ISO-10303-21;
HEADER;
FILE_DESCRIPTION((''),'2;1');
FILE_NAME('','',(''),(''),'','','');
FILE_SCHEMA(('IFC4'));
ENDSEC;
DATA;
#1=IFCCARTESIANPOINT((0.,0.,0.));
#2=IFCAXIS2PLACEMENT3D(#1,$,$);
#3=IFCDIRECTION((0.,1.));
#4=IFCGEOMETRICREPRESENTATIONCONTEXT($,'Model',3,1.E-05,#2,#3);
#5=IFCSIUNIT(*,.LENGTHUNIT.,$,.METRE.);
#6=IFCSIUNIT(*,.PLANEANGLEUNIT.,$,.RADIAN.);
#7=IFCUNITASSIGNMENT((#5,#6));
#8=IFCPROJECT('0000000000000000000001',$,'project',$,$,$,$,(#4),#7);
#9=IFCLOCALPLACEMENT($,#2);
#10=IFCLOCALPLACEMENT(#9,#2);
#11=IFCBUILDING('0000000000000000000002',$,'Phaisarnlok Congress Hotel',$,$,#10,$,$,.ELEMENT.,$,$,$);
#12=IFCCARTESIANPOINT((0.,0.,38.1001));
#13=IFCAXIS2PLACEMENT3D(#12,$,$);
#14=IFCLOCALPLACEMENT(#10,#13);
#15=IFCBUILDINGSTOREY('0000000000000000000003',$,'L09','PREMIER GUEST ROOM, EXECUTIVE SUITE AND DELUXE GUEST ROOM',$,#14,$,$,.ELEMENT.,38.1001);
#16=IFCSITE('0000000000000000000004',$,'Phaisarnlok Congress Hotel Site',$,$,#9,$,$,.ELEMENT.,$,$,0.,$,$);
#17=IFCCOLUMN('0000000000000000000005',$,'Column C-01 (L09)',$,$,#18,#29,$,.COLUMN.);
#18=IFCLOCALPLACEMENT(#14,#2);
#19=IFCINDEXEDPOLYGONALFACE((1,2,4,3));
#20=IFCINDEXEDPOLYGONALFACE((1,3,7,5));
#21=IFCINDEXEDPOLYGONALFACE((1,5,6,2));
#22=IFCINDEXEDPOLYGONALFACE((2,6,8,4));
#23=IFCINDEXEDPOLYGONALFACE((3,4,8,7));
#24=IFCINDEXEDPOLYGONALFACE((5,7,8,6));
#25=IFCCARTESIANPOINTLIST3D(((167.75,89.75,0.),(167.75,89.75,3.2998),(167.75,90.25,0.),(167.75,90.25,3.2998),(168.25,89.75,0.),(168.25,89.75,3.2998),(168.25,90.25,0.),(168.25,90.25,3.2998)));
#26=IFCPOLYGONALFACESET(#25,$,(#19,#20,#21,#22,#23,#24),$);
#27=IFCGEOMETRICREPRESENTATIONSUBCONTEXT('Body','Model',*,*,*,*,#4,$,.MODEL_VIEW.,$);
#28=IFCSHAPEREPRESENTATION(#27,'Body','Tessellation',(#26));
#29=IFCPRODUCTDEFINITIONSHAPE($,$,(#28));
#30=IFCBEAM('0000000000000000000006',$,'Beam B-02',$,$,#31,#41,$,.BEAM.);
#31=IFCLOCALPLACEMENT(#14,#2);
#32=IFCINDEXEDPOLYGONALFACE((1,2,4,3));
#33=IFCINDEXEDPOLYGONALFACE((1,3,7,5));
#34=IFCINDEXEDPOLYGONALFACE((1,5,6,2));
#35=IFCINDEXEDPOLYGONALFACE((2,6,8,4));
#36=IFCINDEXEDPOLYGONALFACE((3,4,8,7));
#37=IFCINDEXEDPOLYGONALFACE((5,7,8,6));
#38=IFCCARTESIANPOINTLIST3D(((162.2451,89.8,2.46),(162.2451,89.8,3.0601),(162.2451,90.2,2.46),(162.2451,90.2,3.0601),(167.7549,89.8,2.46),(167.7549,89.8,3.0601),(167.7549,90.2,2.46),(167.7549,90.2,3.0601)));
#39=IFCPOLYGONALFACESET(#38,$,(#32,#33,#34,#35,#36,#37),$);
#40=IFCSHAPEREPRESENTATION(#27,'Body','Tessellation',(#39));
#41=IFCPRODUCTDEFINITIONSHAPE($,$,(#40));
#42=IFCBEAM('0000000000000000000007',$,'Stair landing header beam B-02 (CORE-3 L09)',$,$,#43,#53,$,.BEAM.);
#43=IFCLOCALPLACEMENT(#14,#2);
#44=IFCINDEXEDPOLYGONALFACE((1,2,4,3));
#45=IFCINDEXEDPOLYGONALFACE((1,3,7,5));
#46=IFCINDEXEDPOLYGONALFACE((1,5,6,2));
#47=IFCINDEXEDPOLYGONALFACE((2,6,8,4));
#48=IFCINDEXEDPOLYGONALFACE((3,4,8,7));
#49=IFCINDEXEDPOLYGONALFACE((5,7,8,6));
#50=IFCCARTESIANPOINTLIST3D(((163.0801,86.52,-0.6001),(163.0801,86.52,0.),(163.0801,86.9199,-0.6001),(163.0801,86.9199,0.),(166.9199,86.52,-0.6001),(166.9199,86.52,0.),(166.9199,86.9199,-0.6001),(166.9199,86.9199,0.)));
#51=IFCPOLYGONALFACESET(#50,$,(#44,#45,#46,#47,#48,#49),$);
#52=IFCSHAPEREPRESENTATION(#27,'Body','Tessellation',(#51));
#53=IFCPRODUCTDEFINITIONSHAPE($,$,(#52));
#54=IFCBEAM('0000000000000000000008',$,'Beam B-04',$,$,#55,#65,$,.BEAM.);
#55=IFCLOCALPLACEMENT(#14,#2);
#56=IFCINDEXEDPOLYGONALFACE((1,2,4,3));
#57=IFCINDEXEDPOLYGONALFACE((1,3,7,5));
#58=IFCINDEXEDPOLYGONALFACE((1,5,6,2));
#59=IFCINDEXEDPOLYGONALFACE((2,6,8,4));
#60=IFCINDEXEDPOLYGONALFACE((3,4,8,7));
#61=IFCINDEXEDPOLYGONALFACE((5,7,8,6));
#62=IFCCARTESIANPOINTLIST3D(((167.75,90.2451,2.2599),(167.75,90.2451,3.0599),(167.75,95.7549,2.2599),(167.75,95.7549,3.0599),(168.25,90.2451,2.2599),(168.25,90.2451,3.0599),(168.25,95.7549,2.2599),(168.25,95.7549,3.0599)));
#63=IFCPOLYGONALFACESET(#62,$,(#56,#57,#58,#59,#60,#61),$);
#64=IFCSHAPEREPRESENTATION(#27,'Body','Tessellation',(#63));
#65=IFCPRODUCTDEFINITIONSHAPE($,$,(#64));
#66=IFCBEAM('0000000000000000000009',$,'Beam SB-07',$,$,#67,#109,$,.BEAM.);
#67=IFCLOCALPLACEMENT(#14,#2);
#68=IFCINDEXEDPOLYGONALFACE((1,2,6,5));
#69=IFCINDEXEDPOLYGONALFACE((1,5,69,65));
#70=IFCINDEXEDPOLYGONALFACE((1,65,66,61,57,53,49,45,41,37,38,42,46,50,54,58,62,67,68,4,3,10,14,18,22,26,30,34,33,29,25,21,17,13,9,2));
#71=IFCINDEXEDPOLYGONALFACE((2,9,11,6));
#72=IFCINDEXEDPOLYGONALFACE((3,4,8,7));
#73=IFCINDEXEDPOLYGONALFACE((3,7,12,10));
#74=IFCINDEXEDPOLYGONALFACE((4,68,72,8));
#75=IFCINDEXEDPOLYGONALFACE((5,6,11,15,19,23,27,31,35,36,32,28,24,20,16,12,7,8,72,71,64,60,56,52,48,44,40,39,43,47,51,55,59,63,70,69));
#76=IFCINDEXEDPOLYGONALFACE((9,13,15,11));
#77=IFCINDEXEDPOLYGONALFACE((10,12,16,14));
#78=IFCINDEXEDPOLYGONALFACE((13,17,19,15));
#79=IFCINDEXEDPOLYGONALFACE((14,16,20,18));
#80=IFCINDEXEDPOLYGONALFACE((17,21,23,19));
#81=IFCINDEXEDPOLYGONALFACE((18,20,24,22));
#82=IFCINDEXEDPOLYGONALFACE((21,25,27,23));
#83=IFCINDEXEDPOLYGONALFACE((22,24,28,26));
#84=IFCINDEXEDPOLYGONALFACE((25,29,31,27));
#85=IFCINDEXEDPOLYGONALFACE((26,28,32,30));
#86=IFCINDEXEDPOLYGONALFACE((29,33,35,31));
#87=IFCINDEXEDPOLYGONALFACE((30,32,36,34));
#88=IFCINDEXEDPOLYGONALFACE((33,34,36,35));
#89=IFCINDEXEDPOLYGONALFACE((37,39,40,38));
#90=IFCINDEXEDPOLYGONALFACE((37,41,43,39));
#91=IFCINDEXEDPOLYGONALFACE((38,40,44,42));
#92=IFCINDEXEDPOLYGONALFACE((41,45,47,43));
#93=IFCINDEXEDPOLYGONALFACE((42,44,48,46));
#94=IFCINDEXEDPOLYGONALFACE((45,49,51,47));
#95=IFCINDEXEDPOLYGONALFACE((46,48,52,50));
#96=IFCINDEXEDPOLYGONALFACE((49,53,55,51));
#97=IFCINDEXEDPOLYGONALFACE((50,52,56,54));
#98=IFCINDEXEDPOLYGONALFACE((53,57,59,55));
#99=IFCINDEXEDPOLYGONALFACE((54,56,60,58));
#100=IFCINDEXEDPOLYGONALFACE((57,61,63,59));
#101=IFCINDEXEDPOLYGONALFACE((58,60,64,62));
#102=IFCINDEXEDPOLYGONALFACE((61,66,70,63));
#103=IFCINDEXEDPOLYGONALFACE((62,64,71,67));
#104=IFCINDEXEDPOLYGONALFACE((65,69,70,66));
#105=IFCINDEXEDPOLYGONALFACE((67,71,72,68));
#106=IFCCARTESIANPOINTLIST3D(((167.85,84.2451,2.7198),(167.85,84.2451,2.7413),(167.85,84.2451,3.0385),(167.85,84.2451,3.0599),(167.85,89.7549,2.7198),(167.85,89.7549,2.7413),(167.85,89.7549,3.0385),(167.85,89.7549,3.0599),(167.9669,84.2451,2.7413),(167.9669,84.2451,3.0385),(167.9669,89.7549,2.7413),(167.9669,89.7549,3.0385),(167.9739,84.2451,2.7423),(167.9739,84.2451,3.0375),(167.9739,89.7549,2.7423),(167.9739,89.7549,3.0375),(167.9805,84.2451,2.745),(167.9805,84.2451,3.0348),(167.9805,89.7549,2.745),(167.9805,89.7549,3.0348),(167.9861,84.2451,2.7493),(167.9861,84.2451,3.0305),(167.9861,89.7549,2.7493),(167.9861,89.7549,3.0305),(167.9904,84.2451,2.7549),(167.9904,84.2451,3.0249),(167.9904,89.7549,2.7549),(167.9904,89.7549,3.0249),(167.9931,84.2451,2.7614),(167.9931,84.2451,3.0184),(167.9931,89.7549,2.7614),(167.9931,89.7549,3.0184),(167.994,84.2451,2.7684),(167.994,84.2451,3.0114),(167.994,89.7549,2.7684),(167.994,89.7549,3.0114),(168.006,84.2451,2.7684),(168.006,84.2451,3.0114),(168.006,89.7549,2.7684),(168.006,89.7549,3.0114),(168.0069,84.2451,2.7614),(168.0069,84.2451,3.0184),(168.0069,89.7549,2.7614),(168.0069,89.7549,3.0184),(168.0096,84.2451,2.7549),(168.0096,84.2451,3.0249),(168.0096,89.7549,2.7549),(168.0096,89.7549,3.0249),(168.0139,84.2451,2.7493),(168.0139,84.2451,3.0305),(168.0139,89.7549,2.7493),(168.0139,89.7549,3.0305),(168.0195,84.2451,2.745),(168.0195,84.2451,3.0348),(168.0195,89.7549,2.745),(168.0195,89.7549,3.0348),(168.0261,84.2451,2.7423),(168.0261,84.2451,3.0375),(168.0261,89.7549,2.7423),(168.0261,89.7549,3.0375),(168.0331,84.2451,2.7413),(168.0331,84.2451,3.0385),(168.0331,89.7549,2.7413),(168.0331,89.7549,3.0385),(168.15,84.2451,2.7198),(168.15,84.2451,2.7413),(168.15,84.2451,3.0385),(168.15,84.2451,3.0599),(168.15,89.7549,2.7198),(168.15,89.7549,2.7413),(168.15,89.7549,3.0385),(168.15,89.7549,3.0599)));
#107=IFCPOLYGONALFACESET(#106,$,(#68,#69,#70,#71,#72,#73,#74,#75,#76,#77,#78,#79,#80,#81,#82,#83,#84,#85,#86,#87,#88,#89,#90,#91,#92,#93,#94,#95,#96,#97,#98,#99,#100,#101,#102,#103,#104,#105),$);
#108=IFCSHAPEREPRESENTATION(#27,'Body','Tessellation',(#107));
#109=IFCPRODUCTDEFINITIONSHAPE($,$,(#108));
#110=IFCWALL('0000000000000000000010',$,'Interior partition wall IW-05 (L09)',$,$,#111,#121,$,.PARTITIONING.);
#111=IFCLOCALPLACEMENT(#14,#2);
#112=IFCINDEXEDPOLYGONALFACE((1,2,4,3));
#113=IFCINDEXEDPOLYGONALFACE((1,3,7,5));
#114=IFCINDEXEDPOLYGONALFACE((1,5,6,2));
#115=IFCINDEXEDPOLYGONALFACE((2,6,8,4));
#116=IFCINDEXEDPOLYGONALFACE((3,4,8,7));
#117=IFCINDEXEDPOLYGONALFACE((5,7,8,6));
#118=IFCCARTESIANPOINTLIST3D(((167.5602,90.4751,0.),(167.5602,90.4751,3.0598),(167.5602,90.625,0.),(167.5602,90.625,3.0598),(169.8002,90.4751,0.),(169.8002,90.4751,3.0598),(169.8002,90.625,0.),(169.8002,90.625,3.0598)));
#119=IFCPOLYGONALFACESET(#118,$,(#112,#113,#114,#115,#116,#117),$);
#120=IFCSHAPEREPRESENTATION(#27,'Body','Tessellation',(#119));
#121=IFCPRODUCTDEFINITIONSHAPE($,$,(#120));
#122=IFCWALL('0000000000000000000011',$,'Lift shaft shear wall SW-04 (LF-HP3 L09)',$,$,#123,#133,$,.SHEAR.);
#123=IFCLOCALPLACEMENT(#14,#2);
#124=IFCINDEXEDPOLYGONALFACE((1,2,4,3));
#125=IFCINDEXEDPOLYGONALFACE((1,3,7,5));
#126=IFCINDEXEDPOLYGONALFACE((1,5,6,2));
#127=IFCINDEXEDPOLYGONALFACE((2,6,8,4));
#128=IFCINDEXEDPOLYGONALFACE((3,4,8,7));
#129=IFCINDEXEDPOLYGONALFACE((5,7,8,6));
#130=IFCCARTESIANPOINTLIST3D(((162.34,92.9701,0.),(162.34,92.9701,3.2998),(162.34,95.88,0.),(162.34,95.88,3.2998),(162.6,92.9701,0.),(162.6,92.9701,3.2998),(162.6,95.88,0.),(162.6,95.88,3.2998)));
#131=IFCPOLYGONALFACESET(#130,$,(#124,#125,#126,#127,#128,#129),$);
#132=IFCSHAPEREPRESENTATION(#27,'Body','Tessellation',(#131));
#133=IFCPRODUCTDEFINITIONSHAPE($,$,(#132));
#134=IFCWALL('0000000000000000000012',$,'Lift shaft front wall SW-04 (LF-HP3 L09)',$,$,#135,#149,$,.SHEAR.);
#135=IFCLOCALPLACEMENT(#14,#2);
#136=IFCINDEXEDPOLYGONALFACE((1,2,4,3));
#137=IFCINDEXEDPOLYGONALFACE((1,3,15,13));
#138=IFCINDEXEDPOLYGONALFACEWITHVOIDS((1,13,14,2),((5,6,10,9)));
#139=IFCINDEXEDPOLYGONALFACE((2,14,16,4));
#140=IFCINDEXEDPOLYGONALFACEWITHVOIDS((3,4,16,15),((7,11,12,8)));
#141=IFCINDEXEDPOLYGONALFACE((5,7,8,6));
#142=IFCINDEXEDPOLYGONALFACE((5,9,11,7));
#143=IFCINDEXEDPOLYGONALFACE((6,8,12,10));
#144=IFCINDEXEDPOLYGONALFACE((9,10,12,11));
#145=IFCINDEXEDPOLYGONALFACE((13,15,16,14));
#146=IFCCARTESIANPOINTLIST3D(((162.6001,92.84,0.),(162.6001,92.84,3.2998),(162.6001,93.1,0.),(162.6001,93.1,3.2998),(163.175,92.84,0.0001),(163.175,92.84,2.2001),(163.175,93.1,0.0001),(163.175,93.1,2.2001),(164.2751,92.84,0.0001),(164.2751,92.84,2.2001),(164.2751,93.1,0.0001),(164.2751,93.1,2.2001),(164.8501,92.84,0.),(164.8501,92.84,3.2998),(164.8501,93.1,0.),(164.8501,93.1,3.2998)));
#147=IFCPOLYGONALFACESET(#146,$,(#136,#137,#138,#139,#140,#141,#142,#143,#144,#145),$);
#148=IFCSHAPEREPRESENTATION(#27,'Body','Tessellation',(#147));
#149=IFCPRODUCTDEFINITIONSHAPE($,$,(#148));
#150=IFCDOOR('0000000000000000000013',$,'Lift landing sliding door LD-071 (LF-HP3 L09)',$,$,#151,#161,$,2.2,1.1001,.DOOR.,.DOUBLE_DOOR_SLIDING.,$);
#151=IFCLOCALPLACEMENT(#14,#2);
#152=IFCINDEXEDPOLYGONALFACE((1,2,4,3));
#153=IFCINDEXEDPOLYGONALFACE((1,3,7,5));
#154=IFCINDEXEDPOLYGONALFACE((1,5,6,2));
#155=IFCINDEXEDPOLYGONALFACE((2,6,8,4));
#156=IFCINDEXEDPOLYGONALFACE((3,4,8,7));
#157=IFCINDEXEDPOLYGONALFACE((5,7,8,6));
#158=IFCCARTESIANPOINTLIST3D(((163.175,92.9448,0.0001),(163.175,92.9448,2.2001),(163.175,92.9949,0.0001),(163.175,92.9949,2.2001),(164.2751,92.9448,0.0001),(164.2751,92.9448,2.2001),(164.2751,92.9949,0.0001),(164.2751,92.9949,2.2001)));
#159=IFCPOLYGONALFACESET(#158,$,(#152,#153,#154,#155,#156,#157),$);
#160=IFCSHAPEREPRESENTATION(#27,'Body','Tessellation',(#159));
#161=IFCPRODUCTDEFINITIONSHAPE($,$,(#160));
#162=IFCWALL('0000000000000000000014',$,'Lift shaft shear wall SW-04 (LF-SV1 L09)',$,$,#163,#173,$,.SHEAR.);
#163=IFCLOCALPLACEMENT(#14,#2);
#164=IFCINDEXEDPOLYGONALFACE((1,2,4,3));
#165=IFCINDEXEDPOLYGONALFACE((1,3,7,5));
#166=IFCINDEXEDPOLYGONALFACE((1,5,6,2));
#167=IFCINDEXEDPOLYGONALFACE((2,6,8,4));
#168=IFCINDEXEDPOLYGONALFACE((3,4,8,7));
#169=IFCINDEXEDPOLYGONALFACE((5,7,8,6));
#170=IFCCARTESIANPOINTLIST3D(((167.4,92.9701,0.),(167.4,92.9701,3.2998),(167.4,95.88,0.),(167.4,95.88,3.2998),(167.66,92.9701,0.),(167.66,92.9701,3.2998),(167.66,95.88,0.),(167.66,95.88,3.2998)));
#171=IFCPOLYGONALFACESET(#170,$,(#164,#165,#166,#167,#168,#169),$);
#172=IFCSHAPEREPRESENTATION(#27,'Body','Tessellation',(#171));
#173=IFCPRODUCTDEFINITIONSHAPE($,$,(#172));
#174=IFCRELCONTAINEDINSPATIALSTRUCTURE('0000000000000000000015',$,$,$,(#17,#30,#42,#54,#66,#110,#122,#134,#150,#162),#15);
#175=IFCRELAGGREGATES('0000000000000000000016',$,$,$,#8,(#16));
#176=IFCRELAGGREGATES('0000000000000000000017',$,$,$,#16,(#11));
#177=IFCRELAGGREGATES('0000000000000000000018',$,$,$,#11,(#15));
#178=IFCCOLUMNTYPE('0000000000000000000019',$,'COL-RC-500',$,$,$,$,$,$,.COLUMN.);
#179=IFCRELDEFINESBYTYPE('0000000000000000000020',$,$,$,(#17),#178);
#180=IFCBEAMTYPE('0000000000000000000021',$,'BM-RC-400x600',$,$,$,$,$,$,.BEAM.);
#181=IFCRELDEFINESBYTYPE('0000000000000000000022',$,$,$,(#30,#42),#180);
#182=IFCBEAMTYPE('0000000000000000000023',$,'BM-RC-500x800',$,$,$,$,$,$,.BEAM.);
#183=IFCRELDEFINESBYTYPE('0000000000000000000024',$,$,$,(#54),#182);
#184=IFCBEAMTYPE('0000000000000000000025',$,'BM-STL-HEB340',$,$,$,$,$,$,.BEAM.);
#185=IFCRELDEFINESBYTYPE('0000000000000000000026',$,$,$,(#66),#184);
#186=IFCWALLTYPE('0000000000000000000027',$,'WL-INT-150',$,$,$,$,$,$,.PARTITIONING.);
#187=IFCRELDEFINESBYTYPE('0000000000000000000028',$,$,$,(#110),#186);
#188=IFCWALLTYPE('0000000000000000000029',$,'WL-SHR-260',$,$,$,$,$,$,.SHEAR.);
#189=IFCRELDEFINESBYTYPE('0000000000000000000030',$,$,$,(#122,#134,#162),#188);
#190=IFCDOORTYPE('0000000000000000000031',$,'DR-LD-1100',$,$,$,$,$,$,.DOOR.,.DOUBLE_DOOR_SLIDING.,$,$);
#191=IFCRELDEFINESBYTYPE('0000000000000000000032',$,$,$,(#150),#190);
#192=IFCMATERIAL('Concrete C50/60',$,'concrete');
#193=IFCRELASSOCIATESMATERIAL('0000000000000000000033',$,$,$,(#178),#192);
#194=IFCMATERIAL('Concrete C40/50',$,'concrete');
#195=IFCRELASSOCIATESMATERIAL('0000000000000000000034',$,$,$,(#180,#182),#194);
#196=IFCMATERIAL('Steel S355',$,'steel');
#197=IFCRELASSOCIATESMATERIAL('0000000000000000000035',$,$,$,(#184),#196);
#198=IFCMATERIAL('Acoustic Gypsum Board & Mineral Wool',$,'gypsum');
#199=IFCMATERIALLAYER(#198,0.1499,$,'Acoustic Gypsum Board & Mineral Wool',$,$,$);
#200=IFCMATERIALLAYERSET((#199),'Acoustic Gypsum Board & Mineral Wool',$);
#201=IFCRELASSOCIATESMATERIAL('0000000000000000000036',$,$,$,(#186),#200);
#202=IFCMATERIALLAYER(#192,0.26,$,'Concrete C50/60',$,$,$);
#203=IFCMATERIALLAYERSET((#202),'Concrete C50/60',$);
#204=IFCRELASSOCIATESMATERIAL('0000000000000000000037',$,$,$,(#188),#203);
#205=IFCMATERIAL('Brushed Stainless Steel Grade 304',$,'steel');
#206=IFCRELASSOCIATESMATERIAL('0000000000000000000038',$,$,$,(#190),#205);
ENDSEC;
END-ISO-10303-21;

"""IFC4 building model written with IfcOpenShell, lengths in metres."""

from ifc_helpers import new_model, si_unit, direction, frame, frame_2d, origin, origin_2d, place, context, subcontext, project, spatial, rectangle, i_section, extrude, material, layer, layer_set, material_profile, profile_set, type_object, element, fill, save


model = new_model("IFC4")

# Units and contexts
model_context = context("Model", 3, precision=1e-05, world=origin(), true_north=direction((0.0, 1.0)))
body_context = subcontext(model_context, "Body", "Model", "MODEL_VIEW")
ifc_project = project(units=[si_unit("LENGTHUNIT", "METRE"), si_unit("PLANEANGLEUNIT", "RADIAN")], contexts=[model_context])

# Site, building, storey
site_placement = place(None, origin())
site = spatial("IfcSite", under=ifc_project, at=site_placement, Name="Phaisarnlok Congress Hotel Site", CompositionType="ELEMENT", RefElevation=0.0)
building_placement = place(site_placement, origin())
building = spatial("IfcBuilding", under=site, at=building_placement, Name="Phaisarnlok Congress Hotel", CompositionType="ELEMENT")
storey_placement = place(building_placement, frame((0.0, 0.0, 38.1001)))
storey = spatial("IfcBuildingStorey", under=building, at=storey_placement, Name="L09", Description="PREMIER GUEST ROOM, EXECUTIVE SUITE AND DELUXE GUEST ROOM", CompositionType="ELEMENT", Elevation=38.1001)

# Column
ifc_material_1 = material(Name="Concrete C50/60", Category="concrete")
ifc_material_profile_1 = material_profile(ifc_material_1, rectangle(XDim=0.5, YDim=0.5, at=origin_2d()), Name="RC 500x500")
ifc_profile_set_1 = profile_set([ifc_material_profile_1], Name="Concrete C50/60")
column_type = type_object("IfcColumnType", Name="COL-RC-500", PredefinedType="COLUMN", material=ifc_profile_set_1)
column_placement = place(storey_placement, frame((168.0, 90.0, 0.0), z_axis=(0.0, 0.0, 1.0), x_axis=(1.0, 0.0, 0.0)))
element("IfcColumn", 1, at=column_placement, inside=storey, type_object=column_type, Name="Column C-01 (L09)", PredefinedType="COLUMN", context=body_context, shape_type="SweptSolid", body=[
    extrude(rectangle(XDim=0.5, YDim=0.5, at=origin_2d()), origin(), (0.0, 0.0, 1.0), 3.2998),
])

# Beams
ifc_material_2 = material(Name="Concrete C40/50", Category="concrete")
ifc_material_profile_2 = material_profile(ifc_material_2, rectangle(XDim=0.3999, YDim=0.6001, at=origin_2d()), Name="RC 400x600")
ifc_profile_set_2 = profile_set([ifc_material_profile_2], Name="Concrete C40/50")
beam_type_1 = type_object("IfcBeamType", Name="BM-RC-400x600", PredefinedType="BEAM", material=ifc_profile_set_2)
beam_1_placement = place(storey_placement, frame((162.2451, 90.0, 2.76), z_axis=(1.0, 0.0, 0.0), x_axis=(0.0, 1.0, 0.0)))
element("IfcBeam", 2, at=beam_1_placement, inside=storey, type_object=beam_type_1, Name="Beam B-02", PredefinedType="BEAM", context=body_context, shape_type="SweptSolid", body=[
    extrude(rectangle(XDim=0.3999, YDim=0.6001, at=origin_2d()), origin(), (0.0, 0.0, 1.0), 5.5098),
])
beam_2_placement = place(storey_placement, frame((163.0801, 86.72, -0.3), z_axis=(1.0, 0.0, 0.0), x_axis=(0.0, 1.0, 0.0)))
element("IfcBeam", 3, at=beam_2_placement, inside=storey, type_object=beam_type_1, Name="Stair landing header beam B-02 (CORE-3 L09)", PredefinedType="BEAM", context=body_context, shape_type="SweptSolid", body=[
    extrude(rectangle(XDim=0.3999, YDim=0.6001, at=origin_2d()), origin(), (0.0, 0.0, 1.0), 3.8398),
])
ifc_material_profile_3 = material_profile(ifc_material_2, rectangle(XDim=0.5, YDim=0.8, at=origin_2d()), Name="RC 500x800")
ifc_profile_set_3 = profile_set([ifc_material_profile_3], Name="Concrete C40/50")
beam_type_2 = type_object("IfcBeamType", Name="BM-RC-500x800", PredefinedType="BEAM", material=ifc_profile_set_3)
beam_3_placement = place(storey_placement, frame((168.0, 90.2451, 2.6599), z_axis=(0.0, 1.0, 0.0), x_axis=(-1.0, 0.0, 0.0)))
element("IfcBeam", 4, at=beam_3_placement, inside=storey, type_object=beam_type_2, Name="Beam B-04", PredefinedType="BEAM", context=body_context, shape_type="SweptSolid", body=[
    extrude(rectangle(XDim=0.5, YDim=0.8, at=origin_2d()), origin(), (0.0, 0.0, 1.0), 5.5098),
])
ifc_material_3 = material(Name="Steel S355", Category="steel")
ifc_material_profile_4 = material_profile(ifc_material_3, i_section(OverallWidth=0.3, OverallDepth=0.3401, WebThickness=0.012, FlangeThickness=0.0215, FilletRadius=0.0271, at=origin_2d()), Name="HEB 340")
ifc_profile_set_4 = profile_set([ifc_material_profile_4], Name="Steel S355")
beam_type_3 = type_object("IfcBeamType", Name="BM-STL-HEB340", PredefinedType="BEAM", material=ifc_profile_set_4)
beam_4_placement = place(storey_placement, frame((168.0, 84.2451, 2.8899), z_axis=(0.0, 1.0, 0.0), x_axis=(-1.0, 0.0, 0.0)))
element("IfcBeam", 5, at=beam_4_placement, inside=storey, type_object=beam_type_3, Name="Beam SB-07", PredefinedType="BEAM", context=body_context, shape_type="SweptSolid", body=[
    extrude(i_section(OverallWidth=0.3, OverallDepth=0.3401, WebThickness=0.012, FlangeThickness=0.0215, FilletRadius=0.0271, at=origin_2d()), origin(), (0.0, 0.0, 1.0), 5.5098),
])

# Wall
ifc_material_4 = material(Name="Acoustic Gypsum Board & Mineral Wool", Category="gypsum")
ifc_layer_1 = layer(ifc_material_4, 0.1499, Name="Acoustic Gypsum Board & Mineral Wool")
ifc_layer_set_1 = layer_set([ifc_layer_1], Name="Acoustic Gypsum Board & Mineral Wool")
wall_type_1 = type_object("IfcWallType", Name="WL-INT-150", PredefinedType="PARTITIONING", material=ifc_layer_set_1)
wall_1_placement = place(storey_placement, frame((167.5601, 90.55, 0.0), z_axis=(0.0, 0.0, 1.0), x_axis=(1.0, 0.0, 0.0)))
element("IfcWall", 6, at=wall_1_placement, inside=storey, type_object=wall_type_1, Name="Interior partition wall IW-05 (L09)", PredefinedType="PARTITIONING", context=body_context, shape_type="SweptSolid", body=[
    extrude(rectangle(XDim=2.24, YDim=0.1499, at=frame_2d((1.1201, 0.0))), origin(), (0.0, 0.0, 1.0), 3.0598),
])

# Shared definitions
ifc_layer_2 = layer(ifc_material_1, 0.26, Name="Concrete C50/60")
ifc_layer_set_2 = layer_set([ifc_layer_2], Name="Concrete C50/60")
wall_type_2 = type_object("IfcWallType", Name="WL-SHR-260", PredefinedType="SHEAR", material=ifc_layer_set_2)

# Wall
wall_2_placement = place(storey_placement, frame((162.47, 92.97, 0.0), z_axis=(0.0, 0.0, 1.0), x_axis=(0.0, 1.0, 0.0)))
element("IfcWall", 7, at=wall_2_placement, inside=storey, type_object=wall_type_2, Name="Lift shaft shear wall SW-04 (LF-HP3 L09)", PredefinedType="SHEAR", context=body_context, shape_type="SweptSolid", body=[
    extrude(rectangle(XDim=2.9099, YDim=0.26, at=frame_2d((1.4551, 0.0))), origin(), (0.0, 0.0, 1.0), 3.2998),
])

# Wall, opening, door
wall_3_placement = place(storey_placement, frame((162.6001, 92.97, 0.0), z_axis=(0.0, 0.0, 1.0), x_axis=(1.0, 0.0, 0.0)))
wall_3 = element("IfcWall", 8, at=wall_3_placement, inside=storey, type_object=wall_type_2, Name="Lift shaft front wall SW-04 (LF-HP3 L09)", PredefinedType="SHEAR", context=body_context, shape_type="SweptSolid", body=[
    extrude(rectangle(XDim=2.25, YDim=0.26, at=frame_2d((1.125, 0.0))), origin(), (0.0, 0.0, 1.0), 3.2998),
])
opening_1_placement = place(wall_3_placement, frame((0.575, 0.0, 0.0)))
opening_1 = element("IfcOpeningElement", 9, at=opening_1_placement, cuts=wall_3, PredefinedType="OPENING", context=body_context, shape_type="SweptSolid", body=[
    extrude(rectangle(XDim=1.1001, YDim=2.2, at=frame_2d((0.55, 1.1001))), frame((0.0, 0.1401, 0.0), z_axis=(0.0, -1.0, 0.0), x_axis=(1.0, 0.0, 0.0)), (0.0, 0.0, 1.0), 0.28),
])
ifc_material_5 = material(Name="Brushed Stainless Steel Grade 304", Category="steel")
door_type_1 = type_object("IfcDoorType", Name="DR-LD-1100", OperationType="DOUBLE_DOOR_SLIDING", PredefinedType="DOOR", material=ifc_material_5)
door_1_placement = place(opening_1_placement, origin())
door_1 = element("IfcDoor", 10, at=door_1_placement, inside=storey, type_object=door_type_1, Name="Lift landing sliding door LD-071 (LF-HP3 L09)", OperationType="DOUBLE_DOOR_SLIDING", OverallHeight=2.2, OverallWidth=1.1001, PredefinedType="DOOR", context=body_context, shape_type="SweptSolid", body=[
    extrude(rectangle(XDim=1.1001, YDim=2.2, at=frame_2d((0.55, 1.1001))), frame((0.0, 0.0249, 0.0), z_axis=(0.0, -1.0, 0.0), x_axis=(1.0, 0.0, 0.0)), (0.0, 0.0, 1.0), 0.05),
])
fill(opening_1, door_1)

# Wall
wall_4_placement = place(storey_placement, frame((167.53, 92.97, 0.0), z_axis=(0.0, 0.0, 1.0), x_axis=(0.0, 1.0, 0.0)))
element("IfcWall", 11, at=wall_4_placement, inside=storey, type_object=wall_type_2, Name="Lift shaft shear wall SW-04 (LF-SV1 L09)", PredefinedType="SHEAR", context=body_context, shape_type="SweptSolid", body=[
    extrude(rectangle(XDim=2.9099, YDim=0.26, at=frame_2d((1.4551, 0.0))), origin(), (0.0, 0.0, 1.0), 3.2998),
])

save(model, "model.ifc")
